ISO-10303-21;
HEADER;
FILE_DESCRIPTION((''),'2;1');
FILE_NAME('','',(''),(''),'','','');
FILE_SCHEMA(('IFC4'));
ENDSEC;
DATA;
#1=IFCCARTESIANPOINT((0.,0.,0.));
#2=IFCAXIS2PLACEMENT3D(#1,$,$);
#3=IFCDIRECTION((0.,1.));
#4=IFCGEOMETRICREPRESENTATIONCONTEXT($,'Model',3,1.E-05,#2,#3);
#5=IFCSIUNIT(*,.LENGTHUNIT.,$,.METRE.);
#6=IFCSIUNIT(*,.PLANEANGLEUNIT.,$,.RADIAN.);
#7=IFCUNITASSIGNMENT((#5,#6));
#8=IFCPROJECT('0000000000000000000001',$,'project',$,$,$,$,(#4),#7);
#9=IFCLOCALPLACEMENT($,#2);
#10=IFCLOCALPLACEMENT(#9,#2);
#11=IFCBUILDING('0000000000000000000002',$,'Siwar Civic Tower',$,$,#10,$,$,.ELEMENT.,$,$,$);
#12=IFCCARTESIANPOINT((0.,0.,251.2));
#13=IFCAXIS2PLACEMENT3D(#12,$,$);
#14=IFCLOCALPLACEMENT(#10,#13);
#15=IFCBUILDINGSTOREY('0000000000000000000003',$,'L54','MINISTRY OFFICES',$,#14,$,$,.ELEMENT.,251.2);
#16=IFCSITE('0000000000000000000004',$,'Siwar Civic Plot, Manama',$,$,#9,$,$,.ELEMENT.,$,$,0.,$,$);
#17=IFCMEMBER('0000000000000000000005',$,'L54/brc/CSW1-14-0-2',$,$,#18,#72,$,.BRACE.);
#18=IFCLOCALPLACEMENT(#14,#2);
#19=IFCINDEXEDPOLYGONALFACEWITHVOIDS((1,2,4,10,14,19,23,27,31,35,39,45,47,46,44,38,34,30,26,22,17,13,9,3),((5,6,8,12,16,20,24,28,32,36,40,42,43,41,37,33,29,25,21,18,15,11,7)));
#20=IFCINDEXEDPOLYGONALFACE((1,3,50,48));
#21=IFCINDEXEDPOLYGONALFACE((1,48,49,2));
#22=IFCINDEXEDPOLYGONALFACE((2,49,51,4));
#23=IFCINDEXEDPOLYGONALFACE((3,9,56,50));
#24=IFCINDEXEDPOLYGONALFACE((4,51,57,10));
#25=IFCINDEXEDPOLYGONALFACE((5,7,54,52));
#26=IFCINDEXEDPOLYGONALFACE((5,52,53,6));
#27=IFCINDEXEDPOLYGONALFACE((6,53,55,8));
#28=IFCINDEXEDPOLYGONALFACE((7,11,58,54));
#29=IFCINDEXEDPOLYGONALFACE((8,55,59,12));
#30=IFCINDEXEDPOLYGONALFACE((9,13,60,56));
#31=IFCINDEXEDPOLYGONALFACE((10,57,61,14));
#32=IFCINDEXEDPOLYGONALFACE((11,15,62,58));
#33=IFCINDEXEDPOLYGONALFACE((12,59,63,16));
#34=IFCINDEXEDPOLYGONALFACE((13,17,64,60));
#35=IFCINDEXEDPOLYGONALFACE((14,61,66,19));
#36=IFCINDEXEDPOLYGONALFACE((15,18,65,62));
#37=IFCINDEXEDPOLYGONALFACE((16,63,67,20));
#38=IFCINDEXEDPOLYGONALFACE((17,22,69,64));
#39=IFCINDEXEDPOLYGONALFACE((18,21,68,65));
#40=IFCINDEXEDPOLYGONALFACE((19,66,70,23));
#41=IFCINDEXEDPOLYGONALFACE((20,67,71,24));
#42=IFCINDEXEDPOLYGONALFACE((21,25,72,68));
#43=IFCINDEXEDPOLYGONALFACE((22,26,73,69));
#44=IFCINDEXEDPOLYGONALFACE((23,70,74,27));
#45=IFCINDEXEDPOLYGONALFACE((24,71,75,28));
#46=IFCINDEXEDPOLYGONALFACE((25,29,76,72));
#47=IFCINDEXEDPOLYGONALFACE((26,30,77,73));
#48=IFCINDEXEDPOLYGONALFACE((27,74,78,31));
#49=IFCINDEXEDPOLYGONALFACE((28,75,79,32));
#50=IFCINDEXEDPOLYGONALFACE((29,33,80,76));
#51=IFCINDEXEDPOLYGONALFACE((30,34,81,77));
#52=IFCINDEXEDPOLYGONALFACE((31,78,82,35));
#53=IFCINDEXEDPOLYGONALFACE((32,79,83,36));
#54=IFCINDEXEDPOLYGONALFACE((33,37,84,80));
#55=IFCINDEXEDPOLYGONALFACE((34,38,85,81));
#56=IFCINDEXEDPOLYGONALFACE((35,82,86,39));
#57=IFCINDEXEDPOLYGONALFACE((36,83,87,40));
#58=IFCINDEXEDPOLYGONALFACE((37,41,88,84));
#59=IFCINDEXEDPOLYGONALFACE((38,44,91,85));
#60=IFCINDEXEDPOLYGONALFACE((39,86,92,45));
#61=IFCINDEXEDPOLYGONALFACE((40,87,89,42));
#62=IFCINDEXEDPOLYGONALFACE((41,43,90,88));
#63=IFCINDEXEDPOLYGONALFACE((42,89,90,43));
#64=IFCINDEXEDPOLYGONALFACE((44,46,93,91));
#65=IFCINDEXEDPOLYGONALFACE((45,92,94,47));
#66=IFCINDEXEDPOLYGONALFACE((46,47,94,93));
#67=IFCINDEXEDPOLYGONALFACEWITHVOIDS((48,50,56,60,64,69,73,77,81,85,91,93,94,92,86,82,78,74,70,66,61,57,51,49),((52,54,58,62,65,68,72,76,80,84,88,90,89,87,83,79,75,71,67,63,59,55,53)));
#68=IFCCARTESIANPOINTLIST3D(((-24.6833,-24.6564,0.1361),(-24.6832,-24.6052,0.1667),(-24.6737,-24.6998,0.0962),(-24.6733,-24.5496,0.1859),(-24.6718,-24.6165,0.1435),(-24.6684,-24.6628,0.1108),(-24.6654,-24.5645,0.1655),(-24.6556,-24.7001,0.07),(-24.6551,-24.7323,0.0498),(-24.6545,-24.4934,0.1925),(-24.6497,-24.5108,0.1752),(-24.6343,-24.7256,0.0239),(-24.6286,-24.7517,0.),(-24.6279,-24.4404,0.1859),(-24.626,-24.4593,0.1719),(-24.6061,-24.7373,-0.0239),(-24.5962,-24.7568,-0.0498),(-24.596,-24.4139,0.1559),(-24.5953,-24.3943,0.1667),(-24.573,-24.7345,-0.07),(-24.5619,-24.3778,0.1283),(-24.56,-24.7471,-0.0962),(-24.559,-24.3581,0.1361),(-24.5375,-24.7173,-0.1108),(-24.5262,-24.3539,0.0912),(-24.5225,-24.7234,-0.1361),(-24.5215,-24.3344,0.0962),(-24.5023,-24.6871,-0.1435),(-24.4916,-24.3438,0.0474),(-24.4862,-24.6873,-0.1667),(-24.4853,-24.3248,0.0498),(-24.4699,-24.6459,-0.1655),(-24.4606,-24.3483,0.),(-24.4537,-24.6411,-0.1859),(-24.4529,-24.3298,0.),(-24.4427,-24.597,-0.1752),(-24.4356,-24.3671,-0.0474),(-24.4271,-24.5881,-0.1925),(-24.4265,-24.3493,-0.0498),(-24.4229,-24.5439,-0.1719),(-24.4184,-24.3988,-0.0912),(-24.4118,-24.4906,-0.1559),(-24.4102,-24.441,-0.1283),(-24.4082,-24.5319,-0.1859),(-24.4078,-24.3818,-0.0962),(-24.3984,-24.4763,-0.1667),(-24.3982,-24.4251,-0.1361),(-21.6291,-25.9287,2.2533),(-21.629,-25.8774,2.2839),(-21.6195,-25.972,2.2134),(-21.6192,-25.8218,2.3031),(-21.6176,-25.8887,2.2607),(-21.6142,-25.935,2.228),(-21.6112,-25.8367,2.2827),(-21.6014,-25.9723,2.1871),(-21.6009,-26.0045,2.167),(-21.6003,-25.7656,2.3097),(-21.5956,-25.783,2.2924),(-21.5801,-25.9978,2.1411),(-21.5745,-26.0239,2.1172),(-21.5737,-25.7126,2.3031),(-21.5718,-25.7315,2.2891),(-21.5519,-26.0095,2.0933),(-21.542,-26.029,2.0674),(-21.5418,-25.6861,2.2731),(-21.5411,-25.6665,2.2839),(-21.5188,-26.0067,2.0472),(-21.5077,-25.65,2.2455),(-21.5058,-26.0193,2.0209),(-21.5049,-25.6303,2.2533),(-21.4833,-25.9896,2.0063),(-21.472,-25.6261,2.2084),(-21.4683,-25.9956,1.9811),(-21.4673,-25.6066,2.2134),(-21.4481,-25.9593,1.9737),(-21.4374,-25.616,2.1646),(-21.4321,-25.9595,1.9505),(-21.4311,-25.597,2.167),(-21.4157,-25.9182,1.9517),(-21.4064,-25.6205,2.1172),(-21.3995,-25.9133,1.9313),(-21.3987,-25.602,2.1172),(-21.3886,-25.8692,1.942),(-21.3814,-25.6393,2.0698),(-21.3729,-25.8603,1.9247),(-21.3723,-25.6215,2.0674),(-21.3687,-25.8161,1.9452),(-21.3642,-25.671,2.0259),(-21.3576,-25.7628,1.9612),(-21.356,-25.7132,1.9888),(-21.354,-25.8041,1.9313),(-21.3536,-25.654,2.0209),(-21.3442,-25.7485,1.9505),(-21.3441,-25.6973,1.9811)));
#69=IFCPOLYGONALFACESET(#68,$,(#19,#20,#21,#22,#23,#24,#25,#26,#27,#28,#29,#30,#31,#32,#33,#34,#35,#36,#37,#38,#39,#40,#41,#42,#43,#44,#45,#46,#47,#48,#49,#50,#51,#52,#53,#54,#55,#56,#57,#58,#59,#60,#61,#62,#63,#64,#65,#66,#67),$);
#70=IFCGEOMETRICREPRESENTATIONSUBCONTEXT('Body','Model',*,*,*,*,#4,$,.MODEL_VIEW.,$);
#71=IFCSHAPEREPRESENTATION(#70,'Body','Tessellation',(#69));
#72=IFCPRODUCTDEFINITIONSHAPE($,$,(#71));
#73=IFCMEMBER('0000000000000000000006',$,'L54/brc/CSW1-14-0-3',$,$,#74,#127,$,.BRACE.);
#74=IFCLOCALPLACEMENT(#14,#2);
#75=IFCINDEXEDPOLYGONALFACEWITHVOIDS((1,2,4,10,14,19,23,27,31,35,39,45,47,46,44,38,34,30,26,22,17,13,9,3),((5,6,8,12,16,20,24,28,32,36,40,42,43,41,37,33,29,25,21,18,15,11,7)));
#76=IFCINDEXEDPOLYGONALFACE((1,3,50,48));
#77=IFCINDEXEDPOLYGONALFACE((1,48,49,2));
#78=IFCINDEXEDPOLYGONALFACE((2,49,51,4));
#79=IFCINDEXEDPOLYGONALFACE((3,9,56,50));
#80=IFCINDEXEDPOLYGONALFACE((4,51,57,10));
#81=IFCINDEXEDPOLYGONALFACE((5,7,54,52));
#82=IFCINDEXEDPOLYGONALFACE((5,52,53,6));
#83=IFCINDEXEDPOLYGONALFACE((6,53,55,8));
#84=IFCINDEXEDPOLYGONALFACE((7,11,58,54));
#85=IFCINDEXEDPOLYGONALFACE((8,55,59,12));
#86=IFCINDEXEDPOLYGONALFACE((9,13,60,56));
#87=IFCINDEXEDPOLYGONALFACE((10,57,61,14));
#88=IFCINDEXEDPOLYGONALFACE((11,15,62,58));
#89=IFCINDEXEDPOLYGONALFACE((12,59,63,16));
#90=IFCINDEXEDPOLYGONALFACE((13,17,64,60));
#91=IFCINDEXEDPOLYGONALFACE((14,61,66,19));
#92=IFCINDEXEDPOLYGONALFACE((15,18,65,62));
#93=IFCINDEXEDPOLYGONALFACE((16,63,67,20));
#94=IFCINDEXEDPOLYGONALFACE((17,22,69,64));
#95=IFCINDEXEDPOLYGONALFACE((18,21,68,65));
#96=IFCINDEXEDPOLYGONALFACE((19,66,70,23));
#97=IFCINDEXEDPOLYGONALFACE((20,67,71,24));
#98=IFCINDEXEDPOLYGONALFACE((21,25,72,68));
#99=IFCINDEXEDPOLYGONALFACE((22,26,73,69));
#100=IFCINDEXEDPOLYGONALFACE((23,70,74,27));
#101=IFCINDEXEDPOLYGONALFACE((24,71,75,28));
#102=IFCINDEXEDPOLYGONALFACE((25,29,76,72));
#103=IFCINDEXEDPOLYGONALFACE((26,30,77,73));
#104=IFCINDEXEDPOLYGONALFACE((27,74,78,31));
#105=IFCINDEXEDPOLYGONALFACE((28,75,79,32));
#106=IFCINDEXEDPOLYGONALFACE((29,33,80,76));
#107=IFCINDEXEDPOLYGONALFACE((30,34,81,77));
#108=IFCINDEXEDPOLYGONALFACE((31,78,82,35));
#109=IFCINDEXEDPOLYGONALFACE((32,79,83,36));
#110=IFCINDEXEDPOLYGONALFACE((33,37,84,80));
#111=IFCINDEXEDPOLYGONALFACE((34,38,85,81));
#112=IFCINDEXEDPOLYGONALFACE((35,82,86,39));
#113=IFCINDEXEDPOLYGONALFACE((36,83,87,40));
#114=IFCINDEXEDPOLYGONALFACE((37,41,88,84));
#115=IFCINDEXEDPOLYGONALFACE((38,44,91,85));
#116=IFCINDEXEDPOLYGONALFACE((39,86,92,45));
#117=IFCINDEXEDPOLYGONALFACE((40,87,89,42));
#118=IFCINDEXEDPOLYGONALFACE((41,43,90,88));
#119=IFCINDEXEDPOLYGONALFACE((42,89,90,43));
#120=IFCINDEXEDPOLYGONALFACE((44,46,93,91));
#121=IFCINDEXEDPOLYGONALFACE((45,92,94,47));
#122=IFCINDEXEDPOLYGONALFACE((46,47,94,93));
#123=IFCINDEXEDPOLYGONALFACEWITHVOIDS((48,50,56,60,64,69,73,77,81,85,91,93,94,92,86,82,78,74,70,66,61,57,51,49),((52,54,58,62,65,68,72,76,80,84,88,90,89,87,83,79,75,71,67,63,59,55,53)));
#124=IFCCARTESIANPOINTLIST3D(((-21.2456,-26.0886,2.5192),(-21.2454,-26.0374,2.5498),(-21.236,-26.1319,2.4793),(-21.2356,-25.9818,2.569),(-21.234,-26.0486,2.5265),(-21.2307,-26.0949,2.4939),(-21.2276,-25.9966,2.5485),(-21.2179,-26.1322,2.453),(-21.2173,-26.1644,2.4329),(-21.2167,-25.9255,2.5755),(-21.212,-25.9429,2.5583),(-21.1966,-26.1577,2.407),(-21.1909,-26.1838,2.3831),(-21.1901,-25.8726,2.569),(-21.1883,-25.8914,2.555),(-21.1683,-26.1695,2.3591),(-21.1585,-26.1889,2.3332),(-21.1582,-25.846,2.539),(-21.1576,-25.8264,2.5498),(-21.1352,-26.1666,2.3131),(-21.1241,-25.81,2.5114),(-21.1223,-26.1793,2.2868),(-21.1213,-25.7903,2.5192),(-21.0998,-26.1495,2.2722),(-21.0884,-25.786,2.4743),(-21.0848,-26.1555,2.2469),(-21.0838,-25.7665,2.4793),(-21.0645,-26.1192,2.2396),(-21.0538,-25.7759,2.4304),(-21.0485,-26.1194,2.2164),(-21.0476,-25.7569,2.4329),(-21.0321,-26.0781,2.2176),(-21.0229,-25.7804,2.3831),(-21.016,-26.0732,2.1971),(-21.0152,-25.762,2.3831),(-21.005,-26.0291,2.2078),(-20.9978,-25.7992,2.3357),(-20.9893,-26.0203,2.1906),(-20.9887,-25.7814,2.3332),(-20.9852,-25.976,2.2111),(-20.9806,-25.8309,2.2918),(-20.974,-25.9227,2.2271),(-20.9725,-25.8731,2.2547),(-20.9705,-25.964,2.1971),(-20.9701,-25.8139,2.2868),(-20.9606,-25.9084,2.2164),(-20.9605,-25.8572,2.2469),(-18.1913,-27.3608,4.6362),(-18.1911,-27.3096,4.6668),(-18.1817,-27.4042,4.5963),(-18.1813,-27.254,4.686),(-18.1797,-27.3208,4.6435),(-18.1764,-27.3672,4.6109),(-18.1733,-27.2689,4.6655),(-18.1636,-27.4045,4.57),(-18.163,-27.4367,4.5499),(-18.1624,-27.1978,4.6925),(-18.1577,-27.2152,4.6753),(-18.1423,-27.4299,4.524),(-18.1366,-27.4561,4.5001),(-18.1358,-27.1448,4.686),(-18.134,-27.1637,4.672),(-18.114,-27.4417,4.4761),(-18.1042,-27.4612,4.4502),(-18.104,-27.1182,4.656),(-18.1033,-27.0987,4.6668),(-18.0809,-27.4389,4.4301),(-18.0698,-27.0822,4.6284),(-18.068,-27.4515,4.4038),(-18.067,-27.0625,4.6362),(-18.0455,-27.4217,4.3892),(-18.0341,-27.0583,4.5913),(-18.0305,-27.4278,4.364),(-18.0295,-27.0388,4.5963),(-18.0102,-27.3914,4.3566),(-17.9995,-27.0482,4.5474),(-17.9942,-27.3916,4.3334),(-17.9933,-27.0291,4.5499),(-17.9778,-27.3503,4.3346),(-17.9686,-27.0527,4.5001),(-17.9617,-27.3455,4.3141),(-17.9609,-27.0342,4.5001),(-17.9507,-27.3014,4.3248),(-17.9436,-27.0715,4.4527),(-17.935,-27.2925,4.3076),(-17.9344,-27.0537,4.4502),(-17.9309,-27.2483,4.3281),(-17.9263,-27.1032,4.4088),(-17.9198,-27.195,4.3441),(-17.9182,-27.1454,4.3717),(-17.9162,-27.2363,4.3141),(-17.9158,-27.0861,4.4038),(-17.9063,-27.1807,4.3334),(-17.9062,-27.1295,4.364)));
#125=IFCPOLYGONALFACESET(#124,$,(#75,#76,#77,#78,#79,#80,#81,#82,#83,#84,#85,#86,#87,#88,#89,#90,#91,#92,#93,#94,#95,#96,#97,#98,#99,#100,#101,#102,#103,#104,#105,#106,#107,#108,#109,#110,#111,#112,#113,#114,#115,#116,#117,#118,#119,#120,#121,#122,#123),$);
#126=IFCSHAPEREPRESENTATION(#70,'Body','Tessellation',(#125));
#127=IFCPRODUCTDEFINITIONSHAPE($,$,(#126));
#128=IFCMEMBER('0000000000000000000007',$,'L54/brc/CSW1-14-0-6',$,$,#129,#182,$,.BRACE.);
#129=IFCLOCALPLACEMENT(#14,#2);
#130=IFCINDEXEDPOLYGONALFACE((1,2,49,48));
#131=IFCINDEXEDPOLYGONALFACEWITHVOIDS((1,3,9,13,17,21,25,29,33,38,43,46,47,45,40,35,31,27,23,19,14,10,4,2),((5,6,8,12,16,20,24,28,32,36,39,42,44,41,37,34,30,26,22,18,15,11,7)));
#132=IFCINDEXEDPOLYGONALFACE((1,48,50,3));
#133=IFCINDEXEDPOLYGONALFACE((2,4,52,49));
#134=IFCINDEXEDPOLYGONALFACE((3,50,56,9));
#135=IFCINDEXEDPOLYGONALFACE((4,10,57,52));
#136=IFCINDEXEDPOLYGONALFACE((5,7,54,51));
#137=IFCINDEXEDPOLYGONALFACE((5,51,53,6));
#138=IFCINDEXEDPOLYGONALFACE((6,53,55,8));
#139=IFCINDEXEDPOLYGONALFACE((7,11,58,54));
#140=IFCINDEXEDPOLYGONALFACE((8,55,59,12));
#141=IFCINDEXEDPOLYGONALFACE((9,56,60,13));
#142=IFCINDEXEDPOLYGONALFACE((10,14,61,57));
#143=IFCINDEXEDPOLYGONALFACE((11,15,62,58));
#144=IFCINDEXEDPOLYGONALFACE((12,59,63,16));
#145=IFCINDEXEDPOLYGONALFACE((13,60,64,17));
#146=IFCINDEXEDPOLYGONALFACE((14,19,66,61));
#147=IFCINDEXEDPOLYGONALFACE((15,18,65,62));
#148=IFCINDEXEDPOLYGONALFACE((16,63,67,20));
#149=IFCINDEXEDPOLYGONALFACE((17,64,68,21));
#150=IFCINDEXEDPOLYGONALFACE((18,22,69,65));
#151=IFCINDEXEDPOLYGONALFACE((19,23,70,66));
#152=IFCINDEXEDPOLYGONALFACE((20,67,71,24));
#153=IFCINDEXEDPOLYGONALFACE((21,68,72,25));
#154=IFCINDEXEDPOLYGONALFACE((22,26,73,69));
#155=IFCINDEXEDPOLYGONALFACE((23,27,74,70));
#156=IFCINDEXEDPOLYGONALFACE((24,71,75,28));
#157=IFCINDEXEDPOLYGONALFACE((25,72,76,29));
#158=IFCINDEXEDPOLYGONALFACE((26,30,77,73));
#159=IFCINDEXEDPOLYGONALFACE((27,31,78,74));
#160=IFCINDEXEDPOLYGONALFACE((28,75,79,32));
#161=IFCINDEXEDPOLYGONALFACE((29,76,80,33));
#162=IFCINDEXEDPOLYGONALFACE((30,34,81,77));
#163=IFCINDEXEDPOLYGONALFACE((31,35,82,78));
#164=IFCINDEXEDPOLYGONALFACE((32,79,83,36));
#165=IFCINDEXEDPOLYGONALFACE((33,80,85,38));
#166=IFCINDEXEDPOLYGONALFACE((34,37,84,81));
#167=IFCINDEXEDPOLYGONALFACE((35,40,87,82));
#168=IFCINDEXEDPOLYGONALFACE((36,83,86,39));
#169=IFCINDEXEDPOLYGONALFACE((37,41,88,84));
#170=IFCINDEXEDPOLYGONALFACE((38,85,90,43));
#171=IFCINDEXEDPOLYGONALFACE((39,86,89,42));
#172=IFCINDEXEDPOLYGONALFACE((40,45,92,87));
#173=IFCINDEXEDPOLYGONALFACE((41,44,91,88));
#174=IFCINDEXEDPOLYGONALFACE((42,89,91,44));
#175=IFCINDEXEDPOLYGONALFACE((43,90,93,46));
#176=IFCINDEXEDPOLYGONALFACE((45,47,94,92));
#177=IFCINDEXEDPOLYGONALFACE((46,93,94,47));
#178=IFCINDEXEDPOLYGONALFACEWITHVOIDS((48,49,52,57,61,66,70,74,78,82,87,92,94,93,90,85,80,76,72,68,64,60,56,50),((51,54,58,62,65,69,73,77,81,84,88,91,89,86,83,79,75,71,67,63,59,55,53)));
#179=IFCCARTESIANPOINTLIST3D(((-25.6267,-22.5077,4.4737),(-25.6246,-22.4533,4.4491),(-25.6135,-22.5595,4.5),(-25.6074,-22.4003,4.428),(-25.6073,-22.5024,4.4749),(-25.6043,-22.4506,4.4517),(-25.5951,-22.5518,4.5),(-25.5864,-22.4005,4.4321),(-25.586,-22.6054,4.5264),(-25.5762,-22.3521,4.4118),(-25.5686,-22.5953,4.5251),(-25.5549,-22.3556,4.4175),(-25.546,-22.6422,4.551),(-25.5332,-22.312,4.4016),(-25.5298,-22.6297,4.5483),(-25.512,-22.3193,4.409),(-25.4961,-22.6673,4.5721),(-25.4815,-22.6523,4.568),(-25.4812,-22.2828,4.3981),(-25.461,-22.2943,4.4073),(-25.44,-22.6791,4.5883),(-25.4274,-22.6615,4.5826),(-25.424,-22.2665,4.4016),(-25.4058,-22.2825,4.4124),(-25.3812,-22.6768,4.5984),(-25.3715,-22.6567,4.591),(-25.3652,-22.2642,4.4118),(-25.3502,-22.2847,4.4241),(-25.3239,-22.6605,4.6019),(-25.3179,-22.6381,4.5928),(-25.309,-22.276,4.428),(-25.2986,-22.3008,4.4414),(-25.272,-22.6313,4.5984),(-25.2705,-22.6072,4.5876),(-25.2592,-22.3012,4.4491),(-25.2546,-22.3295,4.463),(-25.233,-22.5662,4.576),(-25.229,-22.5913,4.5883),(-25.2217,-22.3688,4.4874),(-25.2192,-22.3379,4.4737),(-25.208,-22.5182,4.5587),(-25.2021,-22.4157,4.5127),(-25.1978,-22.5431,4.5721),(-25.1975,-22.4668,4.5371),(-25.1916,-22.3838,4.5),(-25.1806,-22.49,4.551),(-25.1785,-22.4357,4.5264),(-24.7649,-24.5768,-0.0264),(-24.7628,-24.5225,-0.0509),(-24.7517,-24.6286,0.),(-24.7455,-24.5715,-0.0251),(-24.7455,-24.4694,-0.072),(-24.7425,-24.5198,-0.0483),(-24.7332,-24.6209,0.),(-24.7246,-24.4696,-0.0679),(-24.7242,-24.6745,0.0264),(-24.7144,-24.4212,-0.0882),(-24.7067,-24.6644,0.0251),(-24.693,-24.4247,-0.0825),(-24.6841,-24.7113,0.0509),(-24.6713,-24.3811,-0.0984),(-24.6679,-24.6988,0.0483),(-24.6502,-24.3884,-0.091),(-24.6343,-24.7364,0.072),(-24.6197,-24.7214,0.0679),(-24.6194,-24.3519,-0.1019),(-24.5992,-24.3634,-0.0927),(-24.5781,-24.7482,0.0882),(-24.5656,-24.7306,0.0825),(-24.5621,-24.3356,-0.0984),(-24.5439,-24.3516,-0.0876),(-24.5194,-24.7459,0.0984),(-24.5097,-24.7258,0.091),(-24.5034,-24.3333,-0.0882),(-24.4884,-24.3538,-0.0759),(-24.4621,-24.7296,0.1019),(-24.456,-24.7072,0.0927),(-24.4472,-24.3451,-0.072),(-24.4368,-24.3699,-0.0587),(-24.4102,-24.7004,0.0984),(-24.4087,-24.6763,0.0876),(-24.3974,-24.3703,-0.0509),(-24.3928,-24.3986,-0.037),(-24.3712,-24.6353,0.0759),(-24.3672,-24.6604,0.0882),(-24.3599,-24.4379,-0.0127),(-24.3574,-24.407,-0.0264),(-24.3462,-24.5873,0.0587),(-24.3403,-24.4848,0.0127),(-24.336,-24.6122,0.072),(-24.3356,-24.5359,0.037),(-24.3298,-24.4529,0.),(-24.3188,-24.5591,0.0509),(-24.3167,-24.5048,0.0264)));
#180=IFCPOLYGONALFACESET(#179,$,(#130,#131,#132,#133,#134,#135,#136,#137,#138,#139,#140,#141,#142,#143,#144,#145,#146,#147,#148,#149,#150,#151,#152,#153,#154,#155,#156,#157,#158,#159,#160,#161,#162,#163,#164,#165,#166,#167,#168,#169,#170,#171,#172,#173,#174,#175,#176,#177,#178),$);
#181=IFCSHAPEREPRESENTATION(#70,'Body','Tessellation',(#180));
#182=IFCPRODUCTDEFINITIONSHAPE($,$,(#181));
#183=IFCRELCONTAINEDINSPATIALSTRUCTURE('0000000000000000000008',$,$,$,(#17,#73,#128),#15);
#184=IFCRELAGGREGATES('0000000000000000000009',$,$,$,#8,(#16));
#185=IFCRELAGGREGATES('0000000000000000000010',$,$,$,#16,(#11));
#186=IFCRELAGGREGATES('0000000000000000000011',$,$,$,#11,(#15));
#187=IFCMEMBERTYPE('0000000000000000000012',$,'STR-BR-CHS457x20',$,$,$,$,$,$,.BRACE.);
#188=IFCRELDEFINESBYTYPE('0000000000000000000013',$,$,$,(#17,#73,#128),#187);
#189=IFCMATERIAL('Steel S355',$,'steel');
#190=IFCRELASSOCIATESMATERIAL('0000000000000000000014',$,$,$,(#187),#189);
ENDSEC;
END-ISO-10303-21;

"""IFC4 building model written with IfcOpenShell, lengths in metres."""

from ifc_helpers import new_model, si_unit, direction, frame, origin, origin_2d, place, context, subcontext, project, spatial, hollow_circle, extrude, material, material_profile, profile_set, type_object, element, save


model = new_model("IFC4")

# Units and contexts
model_context = context("Model", 3, precision=1e-05, world=origin(), true_north=direction((0.0, 1.0)))
body_context = subcontext(model_context, "Body", "Model", "MODEL_VIEW")
ifc_project = project(units=[si_unit("LENGTHUNIT", "METRE"), si_unit("PLANEANGLEUNIT", "RADIAN")], contexts=[model_context])

# Site, building, storey
site_placement = place(None, origin())
site = spatial("IfcSite", under=ifc_project, at=site_placement, Name="Siwar Civic Plot, Manama", CompositionType="ELEMENT", RefElevation=0.0)
building_placement = place(site_placement, origin())
building = spatial("IfcBuilding", under=site, at=building_placement, Name="Siwar Civic Tower", CompositionType="ELEMENT")
storey_placement = place(building_placement, frame((0.0, 0.0, 251.2)))
storey = spatial("IfcBuildingStorey", under=building, at=storey_placement, Name="L54", Description="MINISTRY OFFICES", CompositionType="ELEMENT", Elevation=251.2)

# Members
ifc_material_1 = material(Name="Steel S355", Category="steel")
ifc_material_profile_1 = material_profile(ifc_material_1, hollow_circle(Radius=0.2285, WallThickness=0.02, at=origin_2d()), Name="CHS457x20")
ifc_profile_set_1 = profile_set([ifc_material_profile_1], Name="Steel S355")
member_type_1 = type_object("IfcMemberType", Name="STR-BR-CHS457x20", PredefinedType="BRACE", material=ifc_profile_set_1)
for number, where, z_axis, x_axis, name in (
    (1, (-24.5408, -24.5408, 0.0), (0.777546, -0.323884, 0.538999), (0.384521, 0.923116, 0.0), "L54/brc/CSW1-14-0-2"),
    (2, (-21.103, -25.9729, 2.3831), (0.777572, -0.323895, 0.538955), (0.384521, 0.923116, 0.0), "L54/brc/CSW1-14-0-3"),
):
    element("IfcMember", number, at=place(storey_placement, frame(where, z_axis=z_axis, x_axis=x_axis)), inside=storey, type_object=member_type_1, Name=name, PredefinedType="BRACE", context=body_context, shape_type="SweptSolid", body=[
        extrude(hollow_circle(Radius=0.2285, WallThickness=0.02, at=origin_2d()), origin(), (0.0, 0.0, 1.0), 3.928),
    ])
member_1_placement = place(storey_placement, frame((-24.5408, -24.5408, 0.0), z_axis=(-0.171427, 0.41157, 0.895111), x_axis=(-0.923125, -0.384499, 0.0)))
element("IfcMember", 3, at=member_1_placement, inside=storey, type_object=member_type_1, Name="L54/brc/CSW1-14-0-6", PredefinedType="BRACE", context=body_context, shape_type="SweptSolid", body=[
    extrude(hollow_circle(Radius=0.2285, WallThickness=0.02, at=origin_2d()), origin(), (0.0, 0.0, 1.0), 5.0273),
])

save(model, "model.ifc")
